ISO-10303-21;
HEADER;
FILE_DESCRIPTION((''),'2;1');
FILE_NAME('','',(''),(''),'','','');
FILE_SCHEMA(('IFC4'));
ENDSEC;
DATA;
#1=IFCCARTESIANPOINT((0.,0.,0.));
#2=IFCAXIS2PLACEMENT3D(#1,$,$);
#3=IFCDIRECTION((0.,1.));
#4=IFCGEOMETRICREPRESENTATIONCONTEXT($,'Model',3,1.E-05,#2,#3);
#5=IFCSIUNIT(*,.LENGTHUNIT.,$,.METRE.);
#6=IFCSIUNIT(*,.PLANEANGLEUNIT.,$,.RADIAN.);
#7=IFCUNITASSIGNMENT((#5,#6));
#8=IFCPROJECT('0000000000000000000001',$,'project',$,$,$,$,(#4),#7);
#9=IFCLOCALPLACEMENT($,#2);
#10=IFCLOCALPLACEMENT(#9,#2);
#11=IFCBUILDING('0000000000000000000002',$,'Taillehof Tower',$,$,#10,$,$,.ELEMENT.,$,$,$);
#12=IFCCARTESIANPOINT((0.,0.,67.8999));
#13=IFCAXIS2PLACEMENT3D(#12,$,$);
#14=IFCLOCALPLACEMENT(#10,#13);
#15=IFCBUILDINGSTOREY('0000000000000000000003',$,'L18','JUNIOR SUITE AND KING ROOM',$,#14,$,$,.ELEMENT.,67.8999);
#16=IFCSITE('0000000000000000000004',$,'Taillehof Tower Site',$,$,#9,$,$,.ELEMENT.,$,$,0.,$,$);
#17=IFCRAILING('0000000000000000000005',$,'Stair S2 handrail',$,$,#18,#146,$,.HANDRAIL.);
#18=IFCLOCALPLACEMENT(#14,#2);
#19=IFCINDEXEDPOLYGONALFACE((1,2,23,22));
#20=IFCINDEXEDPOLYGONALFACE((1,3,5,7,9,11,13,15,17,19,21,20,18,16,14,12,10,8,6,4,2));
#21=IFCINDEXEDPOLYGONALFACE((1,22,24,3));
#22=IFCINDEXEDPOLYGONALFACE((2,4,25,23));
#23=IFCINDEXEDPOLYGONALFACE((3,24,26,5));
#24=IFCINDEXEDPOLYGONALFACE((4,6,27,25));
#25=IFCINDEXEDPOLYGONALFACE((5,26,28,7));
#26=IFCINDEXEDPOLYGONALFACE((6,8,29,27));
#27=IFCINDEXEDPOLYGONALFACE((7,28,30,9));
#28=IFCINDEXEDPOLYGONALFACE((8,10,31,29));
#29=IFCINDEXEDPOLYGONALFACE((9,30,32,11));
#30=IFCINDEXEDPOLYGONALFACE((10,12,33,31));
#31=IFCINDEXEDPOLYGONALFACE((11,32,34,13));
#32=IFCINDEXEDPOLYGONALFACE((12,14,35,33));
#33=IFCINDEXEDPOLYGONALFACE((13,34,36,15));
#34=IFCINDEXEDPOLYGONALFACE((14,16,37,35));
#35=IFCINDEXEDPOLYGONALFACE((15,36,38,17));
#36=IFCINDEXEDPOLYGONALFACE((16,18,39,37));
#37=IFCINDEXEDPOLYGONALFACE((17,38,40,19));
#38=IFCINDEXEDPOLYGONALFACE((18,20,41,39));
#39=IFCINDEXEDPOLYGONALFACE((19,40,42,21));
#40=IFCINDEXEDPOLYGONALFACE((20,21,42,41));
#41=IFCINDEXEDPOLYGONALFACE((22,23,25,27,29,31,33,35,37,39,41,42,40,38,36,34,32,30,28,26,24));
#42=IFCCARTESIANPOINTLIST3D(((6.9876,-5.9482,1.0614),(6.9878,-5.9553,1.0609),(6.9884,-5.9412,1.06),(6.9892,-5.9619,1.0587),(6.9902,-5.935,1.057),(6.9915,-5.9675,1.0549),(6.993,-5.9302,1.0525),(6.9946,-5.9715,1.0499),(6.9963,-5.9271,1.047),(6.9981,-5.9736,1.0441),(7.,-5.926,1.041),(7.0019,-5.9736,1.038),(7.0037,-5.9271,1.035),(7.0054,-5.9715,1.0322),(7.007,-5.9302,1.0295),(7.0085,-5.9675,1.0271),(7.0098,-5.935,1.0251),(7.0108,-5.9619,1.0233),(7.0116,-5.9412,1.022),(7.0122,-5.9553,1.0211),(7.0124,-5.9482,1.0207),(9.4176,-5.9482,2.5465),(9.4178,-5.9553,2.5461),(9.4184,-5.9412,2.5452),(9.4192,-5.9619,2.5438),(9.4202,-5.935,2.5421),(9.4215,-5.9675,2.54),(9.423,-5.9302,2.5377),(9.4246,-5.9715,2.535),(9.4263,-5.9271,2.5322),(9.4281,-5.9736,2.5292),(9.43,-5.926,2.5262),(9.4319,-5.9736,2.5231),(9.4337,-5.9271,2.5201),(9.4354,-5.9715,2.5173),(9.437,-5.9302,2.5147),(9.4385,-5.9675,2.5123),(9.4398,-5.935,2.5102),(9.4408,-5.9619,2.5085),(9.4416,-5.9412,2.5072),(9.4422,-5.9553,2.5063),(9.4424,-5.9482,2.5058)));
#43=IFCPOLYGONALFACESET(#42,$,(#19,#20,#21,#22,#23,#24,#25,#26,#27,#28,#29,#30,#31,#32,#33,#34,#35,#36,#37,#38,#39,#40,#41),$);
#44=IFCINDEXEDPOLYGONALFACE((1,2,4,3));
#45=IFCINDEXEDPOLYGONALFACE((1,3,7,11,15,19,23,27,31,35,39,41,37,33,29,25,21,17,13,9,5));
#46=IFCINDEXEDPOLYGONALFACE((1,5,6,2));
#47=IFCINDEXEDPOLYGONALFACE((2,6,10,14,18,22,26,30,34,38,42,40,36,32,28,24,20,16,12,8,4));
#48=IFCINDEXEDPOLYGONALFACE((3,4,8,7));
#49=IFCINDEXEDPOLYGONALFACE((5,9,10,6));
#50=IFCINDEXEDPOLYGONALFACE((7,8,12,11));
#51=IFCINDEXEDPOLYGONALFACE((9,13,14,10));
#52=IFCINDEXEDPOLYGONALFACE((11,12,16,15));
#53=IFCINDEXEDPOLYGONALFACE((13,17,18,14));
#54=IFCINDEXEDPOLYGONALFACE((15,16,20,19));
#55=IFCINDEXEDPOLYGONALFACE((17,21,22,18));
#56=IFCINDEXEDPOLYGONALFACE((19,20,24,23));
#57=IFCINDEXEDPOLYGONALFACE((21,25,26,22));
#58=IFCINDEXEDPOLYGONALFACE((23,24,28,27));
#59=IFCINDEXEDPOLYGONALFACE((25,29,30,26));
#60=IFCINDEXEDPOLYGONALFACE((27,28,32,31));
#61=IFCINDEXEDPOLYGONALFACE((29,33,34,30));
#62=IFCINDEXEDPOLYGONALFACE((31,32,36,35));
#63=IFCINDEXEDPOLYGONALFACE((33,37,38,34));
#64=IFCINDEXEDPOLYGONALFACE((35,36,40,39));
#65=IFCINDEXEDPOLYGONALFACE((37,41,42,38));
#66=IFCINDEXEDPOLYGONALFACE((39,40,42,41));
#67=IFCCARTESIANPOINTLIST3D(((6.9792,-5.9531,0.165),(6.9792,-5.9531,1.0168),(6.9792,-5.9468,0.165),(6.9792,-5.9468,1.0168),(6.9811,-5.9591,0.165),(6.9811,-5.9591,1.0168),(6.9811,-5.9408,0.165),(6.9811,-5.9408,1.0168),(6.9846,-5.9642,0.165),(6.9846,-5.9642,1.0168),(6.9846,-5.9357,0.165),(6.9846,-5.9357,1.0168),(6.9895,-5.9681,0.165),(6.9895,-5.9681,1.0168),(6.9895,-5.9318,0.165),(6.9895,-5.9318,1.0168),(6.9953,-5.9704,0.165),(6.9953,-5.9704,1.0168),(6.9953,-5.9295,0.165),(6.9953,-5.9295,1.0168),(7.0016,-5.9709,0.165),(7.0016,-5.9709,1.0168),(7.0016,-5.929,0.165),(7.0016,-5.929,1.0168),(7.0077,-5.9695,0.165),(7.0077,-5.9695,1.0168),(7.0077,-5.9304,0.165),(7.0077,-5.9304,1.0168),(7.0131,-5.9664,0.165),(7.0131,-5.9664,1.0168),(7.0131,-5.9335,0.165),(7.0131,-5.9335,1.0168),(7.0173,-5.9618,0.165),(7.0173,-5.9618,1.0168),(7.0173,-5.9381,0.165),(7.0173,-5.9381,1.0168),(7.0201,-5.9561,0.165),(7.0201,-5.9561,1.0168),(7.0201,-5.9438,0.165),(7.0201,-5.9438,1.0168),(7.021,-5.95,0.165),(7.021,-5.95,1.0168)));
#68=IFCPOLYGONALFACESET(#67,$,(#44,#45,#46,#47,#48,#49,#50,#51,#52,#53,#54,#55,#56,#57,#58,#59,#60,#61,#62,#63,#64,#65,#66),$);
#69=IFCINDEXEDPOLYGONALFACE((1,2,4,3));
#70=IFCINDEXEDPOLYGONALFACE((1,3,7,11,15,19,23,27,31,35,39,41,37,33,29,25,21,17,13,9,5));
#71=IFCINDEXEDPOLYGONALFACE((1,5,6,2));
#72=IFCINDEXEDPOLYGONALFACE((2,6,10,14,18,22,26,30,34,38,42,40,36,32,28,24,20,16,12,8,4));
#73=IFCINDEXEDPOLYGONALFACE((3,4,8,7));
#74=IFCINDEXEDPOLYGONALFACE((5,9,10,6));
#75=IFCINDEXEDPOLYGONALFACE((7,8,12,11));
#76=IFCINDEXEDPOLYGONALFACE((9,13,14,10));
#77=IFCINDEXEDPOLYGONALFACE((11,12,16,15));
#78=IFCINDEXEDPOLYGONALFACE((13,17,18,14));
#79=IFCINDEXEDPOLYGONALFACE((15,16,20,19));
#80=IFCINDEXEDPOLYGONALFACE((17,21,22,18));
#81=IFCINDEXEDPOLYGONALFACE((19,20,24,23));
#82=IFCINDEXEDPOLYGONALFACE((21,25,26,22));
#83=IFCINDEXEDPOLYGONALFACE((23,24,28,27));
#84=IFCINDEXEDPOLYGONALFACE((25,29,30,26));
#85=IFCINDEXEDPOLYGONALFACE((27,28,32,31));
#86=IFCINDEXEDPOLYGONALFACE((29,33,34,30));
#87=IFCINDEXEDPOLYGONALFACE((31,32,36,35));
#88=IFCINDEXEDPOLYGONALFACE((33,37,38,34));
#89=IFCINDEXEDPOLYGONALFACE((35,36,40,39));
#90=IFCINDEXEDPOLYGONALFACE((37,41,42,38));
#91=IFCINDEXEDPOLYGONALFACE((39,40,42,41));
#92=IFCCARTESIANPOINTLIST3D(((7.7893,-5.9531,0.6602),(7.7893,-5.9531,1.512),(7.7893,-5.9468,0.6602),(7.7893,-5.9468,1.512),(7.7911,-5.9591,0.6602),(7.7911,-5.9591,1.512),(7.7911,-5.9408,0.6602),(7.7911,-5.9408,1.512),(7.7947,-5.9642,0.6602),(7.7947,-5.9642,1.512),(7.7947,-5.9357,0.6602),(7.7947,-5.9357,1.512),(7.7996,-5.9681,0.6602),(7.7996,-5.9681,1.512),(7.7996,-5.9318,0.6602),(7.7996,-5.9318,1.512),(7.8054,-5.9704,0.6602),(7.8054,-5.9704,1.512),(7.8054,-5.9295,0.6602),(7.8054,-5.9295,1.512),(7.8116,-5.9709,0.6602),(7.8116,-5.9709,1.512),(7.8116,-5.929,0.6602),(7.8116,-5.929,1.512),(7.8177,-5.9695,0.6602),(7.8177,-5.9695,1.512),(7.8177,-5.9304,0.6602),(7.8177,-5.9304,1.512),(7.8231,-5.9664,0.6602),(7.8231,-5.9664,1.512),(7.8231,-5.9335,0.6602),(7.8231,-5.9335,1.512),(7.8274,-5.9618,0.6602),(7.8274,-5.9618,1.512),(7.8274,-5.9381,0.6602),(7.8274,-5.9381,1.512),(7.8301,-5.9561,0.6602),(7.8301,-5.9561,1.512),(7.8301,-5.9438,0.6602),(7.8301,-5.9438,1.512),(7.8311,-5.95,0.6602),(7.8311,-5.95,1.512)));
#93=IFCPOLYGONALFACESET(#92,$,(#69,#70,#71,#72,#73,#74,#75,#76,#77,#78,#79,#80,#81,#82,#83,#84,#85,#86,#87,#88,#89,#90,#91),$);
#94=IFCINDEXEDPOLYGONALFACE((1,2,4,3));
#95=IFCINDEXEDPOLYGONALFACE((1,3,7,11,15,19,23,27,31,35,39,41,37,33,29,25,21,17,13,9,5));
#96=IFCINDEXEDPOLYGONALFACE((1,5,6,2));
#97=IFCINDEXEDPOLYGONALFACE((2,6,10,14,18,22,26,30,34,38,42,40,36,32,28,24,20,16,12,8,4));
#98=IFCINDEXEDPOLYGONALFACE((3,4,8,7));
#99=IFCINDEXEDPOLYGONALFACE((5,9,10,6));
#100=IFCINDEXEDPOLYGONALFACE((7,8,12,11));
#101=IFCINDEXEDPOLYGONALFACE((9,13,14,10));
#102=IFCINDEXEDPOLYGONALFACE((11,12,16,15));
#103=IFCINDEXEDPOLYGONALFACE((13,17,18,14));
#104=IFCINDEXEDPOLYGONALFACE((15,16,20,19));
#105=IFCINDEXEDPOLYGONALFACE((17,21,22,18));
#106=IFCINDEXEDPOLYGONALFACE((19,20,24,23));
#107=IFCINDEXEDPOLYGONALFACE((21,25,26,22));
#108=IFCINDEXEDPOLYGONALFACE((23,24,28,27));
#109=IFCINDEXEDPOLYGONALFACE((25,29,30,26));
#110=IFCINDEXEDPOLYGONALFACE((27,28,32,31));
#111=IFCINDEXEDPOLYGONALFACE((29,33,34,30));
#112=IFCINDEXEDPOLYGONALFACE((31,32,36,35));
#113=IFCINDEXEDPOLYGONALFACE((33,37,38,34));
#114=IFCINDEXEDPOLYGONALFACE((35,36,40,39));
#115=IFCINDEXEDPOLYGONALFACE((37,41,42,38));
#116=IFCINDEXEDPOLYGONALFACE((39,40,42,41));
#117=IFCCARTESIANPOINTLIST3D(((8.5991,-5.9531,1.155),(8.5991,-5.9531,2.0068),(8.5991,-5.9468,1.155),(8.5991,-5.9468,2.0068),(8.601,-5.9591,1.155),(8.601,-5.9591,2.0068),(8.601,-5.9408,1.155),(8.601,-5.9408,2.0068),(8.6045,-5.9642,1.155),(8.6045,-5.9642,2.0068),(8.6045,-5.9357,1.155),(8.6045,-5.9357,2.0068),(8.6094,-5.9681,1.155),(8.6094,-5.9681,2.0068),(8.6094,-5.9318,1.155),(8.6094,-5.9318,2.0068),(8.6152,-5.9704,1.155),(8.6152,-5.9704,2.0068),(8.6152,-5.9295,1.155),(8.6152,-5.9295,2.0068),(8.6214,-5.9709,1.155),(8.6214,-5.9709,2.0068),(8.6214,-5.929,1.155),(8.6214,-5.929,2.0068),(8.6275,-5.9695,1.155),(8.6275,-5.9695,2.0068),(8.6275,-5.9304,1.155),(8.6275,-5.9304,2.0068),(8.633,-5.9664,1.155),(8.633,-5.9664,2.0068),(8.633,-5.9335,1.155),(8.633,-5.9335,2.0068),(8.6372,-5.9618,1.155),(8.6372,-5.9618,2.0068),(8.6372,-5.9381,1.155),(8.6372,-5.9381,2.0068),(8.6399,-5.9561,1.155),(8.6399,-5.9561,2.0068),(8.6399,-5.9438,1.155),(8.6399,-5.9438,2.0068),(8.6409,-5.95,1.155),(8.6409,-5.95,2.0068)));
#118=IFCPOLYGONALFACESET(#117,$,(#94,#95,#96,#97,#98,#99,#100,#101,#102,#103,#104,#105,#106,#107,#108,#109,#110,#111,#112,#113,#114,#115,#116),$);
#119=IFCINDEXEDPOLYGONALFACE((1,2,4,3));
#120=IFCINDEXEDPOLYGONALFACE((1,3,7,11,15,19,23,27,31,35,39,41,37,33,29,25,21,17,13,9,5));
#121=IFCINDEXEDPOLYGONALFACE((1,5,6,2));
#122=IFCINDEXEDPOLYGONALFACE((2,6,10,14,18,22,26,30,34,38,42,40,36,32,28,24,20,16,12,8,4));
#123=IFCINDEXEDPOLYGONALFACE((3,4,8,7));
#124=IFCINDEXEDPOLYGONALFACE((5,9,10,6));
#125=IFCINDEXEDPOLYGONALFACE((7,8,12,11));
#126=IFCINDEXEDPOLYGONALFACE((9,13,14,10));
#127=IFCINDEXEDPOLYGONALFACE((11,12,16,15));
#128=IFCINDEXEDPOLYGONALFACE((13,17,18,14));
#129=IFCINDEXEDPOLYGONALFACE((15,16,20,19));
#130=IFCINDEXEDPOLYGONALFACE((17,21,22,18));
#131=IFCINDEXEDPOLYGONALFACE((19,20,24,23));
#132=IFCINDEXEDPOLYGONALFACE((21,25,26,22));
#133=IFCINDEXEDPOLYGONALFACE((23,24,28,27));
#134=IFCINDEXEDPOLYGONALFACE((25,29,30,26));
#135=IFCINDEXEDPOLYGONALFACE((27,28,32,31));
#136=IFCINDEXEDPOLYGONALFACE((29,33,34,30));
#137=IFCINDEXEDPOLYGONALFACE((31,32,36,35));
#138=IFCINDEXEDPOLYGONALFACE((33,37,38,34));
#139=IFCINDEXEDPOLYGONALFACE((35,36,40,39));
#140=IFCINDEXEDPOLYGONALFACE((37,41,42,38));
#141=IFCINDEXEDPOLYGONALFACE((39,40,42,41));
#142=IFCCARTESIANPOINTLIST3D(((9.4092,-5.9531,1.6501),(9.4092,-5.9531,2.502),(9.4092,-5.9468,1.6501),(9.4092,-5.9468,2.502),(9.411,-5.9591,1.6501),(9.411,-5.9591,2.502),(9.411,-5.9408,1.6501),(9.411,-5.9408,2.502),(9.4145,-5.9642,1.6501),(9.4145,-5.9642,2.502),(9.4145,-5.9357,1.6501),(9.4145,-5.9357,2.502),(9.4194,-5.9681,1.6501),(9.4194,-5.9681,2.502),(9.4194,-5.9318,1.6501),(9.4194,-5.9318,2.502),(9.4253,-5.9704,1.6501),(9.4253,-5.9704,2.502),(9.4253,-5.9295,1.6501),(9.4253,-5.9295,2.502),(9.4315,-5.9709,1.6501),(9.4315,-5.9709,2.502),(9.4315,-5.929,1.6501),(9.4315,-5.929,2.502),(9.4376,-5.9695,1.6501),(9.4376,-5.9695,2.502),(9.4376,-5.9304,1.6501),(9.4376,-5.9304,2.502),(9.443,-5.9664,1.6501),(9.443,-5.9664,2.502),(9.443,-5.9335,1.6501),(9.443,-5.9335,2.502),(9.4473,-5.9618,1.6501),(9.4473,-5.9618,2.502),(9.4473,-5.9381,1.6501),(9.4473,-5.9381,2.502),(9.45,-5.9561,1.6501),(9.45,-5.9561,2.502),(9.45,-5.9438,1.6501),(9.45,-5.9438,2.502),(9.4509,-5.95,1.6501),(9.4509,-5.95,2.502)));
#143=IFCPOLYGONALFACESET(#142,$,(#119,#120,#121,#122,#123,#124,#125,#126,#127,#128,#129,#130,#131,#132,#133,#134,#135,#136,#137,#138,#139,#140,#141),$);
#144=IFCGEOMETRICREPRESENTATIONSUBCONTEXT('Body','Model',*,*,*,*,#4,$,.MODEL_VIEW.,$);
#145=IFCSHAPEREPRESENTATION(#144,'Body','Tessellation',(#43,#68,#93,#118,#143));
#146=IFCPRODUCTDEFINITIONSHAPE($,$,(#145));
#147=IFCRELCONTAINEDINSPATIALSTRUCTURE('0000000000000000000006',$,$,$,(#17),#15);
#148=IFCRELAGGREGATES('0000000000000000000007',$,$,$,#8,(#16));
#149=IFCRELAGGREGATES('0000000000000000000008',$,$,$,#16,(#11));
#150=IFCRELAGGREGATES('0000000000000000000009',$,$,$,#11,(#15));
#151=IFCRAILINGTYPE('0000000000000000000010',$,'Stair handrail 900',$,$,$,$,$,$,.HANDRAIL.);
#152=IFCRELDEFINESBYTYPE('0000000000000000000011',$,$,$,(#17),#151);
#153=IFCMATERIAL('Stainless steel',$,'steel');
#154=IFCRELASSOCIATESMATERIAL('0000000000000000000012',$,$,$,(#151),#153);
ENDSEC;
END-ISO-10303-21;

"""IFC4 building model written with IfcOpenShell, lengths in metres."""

from ifc_helpers import new_model, si_unit, direction, frame, origin, origin_2d, place, context, subcontext, project, spatial, circle, extrude, material, type_object, element, save


model = new_model("IFC4")

# Units and contexts
model_context = context("Model", 3, precision=1e-05, world=origin(), true_north=direction((0.0, 1.0)))
body_context = subcontext(model_context, "Body", "Model", "MODEL_VIEW")
ifc_project = project(units=[si_unit("LENGTHUNIT", "METRE"), si_unit("PLANEANGLEUNIT", "RADIAN")], contexts=[model_context])

# Site, building, storey
site_placement = place(None, origin())
site = spatial("IfcSite", under=ifc_project, at=site_placement, Name="Taillehof Tower Site", CompositionType="ELEMENT", RefElevation=0.0)
building_placement = place(site_placement, origin())
building = spatial("IfcBuilding", under=site, at=building_placement, Name="Taillehof Tower", CompositionType="ELEMENT")
storey_placement = place(building_placement, frame((0.0, 0.0, 67.8999)))
storey = spatial("IfcBuildingStorey", under=building, at=storey_placement, Name="L18", Description="JUNIOR SUITE AND KING ROOM", CompositionType="ELEMENT", Elevation=67.8999)

# Railing
ifc_material_1 = material(Name="Stainless steel", Category="steel")
railing_type = type_object("IfcRailingType", Name="Stair handrail 900", PredefinedType="HANDRAIL", material=ifc_material_1)
railing_1_placement = place(storey_placement, frame((7.0, -5.95, 0.165)))
element("IfcRailing", 1, at=railing_1_placement, inside=storey, type_object=railing_type, Name="Stair S2 handrail", PredefinedType="HANDRAIL", context=body_context, shape_type="SweptSolid", body=[
    extrude(circle(Radius=0.0239, at=origin_2d()), frame((0.0, 0.0, 0.876), z_axis=(0.853259, 0.0, 0.521488), x_axis=(0.0, 1.0, 0.0)), (0.0, 0.0, 1.0), 2.8479),
    extrude(circle(Radius=0.021, at=origin_2d()), origin(), (0.0, 0.0, 1.0), 0.8518),
    extrude(circle(Radius=0.021, at=origin_2d()), frame((0.8101, 0.0, 0.4951)), (0.0, 0.0, 1.0), 0.8518),
    extrude(circle(Radius=0.021, at=origin_2d()), frame((1.6199, 0.0, 0.99)), (0.0, 0.0, 1.0), 0.8518),
    extrude(circle(Radius=0.021, at=origin_2d()), frame((2.4299, 0.0, 1.4851)), (0.0, 0.0, 1.0), 0.8518),
])

save(model, "model.ifc")
